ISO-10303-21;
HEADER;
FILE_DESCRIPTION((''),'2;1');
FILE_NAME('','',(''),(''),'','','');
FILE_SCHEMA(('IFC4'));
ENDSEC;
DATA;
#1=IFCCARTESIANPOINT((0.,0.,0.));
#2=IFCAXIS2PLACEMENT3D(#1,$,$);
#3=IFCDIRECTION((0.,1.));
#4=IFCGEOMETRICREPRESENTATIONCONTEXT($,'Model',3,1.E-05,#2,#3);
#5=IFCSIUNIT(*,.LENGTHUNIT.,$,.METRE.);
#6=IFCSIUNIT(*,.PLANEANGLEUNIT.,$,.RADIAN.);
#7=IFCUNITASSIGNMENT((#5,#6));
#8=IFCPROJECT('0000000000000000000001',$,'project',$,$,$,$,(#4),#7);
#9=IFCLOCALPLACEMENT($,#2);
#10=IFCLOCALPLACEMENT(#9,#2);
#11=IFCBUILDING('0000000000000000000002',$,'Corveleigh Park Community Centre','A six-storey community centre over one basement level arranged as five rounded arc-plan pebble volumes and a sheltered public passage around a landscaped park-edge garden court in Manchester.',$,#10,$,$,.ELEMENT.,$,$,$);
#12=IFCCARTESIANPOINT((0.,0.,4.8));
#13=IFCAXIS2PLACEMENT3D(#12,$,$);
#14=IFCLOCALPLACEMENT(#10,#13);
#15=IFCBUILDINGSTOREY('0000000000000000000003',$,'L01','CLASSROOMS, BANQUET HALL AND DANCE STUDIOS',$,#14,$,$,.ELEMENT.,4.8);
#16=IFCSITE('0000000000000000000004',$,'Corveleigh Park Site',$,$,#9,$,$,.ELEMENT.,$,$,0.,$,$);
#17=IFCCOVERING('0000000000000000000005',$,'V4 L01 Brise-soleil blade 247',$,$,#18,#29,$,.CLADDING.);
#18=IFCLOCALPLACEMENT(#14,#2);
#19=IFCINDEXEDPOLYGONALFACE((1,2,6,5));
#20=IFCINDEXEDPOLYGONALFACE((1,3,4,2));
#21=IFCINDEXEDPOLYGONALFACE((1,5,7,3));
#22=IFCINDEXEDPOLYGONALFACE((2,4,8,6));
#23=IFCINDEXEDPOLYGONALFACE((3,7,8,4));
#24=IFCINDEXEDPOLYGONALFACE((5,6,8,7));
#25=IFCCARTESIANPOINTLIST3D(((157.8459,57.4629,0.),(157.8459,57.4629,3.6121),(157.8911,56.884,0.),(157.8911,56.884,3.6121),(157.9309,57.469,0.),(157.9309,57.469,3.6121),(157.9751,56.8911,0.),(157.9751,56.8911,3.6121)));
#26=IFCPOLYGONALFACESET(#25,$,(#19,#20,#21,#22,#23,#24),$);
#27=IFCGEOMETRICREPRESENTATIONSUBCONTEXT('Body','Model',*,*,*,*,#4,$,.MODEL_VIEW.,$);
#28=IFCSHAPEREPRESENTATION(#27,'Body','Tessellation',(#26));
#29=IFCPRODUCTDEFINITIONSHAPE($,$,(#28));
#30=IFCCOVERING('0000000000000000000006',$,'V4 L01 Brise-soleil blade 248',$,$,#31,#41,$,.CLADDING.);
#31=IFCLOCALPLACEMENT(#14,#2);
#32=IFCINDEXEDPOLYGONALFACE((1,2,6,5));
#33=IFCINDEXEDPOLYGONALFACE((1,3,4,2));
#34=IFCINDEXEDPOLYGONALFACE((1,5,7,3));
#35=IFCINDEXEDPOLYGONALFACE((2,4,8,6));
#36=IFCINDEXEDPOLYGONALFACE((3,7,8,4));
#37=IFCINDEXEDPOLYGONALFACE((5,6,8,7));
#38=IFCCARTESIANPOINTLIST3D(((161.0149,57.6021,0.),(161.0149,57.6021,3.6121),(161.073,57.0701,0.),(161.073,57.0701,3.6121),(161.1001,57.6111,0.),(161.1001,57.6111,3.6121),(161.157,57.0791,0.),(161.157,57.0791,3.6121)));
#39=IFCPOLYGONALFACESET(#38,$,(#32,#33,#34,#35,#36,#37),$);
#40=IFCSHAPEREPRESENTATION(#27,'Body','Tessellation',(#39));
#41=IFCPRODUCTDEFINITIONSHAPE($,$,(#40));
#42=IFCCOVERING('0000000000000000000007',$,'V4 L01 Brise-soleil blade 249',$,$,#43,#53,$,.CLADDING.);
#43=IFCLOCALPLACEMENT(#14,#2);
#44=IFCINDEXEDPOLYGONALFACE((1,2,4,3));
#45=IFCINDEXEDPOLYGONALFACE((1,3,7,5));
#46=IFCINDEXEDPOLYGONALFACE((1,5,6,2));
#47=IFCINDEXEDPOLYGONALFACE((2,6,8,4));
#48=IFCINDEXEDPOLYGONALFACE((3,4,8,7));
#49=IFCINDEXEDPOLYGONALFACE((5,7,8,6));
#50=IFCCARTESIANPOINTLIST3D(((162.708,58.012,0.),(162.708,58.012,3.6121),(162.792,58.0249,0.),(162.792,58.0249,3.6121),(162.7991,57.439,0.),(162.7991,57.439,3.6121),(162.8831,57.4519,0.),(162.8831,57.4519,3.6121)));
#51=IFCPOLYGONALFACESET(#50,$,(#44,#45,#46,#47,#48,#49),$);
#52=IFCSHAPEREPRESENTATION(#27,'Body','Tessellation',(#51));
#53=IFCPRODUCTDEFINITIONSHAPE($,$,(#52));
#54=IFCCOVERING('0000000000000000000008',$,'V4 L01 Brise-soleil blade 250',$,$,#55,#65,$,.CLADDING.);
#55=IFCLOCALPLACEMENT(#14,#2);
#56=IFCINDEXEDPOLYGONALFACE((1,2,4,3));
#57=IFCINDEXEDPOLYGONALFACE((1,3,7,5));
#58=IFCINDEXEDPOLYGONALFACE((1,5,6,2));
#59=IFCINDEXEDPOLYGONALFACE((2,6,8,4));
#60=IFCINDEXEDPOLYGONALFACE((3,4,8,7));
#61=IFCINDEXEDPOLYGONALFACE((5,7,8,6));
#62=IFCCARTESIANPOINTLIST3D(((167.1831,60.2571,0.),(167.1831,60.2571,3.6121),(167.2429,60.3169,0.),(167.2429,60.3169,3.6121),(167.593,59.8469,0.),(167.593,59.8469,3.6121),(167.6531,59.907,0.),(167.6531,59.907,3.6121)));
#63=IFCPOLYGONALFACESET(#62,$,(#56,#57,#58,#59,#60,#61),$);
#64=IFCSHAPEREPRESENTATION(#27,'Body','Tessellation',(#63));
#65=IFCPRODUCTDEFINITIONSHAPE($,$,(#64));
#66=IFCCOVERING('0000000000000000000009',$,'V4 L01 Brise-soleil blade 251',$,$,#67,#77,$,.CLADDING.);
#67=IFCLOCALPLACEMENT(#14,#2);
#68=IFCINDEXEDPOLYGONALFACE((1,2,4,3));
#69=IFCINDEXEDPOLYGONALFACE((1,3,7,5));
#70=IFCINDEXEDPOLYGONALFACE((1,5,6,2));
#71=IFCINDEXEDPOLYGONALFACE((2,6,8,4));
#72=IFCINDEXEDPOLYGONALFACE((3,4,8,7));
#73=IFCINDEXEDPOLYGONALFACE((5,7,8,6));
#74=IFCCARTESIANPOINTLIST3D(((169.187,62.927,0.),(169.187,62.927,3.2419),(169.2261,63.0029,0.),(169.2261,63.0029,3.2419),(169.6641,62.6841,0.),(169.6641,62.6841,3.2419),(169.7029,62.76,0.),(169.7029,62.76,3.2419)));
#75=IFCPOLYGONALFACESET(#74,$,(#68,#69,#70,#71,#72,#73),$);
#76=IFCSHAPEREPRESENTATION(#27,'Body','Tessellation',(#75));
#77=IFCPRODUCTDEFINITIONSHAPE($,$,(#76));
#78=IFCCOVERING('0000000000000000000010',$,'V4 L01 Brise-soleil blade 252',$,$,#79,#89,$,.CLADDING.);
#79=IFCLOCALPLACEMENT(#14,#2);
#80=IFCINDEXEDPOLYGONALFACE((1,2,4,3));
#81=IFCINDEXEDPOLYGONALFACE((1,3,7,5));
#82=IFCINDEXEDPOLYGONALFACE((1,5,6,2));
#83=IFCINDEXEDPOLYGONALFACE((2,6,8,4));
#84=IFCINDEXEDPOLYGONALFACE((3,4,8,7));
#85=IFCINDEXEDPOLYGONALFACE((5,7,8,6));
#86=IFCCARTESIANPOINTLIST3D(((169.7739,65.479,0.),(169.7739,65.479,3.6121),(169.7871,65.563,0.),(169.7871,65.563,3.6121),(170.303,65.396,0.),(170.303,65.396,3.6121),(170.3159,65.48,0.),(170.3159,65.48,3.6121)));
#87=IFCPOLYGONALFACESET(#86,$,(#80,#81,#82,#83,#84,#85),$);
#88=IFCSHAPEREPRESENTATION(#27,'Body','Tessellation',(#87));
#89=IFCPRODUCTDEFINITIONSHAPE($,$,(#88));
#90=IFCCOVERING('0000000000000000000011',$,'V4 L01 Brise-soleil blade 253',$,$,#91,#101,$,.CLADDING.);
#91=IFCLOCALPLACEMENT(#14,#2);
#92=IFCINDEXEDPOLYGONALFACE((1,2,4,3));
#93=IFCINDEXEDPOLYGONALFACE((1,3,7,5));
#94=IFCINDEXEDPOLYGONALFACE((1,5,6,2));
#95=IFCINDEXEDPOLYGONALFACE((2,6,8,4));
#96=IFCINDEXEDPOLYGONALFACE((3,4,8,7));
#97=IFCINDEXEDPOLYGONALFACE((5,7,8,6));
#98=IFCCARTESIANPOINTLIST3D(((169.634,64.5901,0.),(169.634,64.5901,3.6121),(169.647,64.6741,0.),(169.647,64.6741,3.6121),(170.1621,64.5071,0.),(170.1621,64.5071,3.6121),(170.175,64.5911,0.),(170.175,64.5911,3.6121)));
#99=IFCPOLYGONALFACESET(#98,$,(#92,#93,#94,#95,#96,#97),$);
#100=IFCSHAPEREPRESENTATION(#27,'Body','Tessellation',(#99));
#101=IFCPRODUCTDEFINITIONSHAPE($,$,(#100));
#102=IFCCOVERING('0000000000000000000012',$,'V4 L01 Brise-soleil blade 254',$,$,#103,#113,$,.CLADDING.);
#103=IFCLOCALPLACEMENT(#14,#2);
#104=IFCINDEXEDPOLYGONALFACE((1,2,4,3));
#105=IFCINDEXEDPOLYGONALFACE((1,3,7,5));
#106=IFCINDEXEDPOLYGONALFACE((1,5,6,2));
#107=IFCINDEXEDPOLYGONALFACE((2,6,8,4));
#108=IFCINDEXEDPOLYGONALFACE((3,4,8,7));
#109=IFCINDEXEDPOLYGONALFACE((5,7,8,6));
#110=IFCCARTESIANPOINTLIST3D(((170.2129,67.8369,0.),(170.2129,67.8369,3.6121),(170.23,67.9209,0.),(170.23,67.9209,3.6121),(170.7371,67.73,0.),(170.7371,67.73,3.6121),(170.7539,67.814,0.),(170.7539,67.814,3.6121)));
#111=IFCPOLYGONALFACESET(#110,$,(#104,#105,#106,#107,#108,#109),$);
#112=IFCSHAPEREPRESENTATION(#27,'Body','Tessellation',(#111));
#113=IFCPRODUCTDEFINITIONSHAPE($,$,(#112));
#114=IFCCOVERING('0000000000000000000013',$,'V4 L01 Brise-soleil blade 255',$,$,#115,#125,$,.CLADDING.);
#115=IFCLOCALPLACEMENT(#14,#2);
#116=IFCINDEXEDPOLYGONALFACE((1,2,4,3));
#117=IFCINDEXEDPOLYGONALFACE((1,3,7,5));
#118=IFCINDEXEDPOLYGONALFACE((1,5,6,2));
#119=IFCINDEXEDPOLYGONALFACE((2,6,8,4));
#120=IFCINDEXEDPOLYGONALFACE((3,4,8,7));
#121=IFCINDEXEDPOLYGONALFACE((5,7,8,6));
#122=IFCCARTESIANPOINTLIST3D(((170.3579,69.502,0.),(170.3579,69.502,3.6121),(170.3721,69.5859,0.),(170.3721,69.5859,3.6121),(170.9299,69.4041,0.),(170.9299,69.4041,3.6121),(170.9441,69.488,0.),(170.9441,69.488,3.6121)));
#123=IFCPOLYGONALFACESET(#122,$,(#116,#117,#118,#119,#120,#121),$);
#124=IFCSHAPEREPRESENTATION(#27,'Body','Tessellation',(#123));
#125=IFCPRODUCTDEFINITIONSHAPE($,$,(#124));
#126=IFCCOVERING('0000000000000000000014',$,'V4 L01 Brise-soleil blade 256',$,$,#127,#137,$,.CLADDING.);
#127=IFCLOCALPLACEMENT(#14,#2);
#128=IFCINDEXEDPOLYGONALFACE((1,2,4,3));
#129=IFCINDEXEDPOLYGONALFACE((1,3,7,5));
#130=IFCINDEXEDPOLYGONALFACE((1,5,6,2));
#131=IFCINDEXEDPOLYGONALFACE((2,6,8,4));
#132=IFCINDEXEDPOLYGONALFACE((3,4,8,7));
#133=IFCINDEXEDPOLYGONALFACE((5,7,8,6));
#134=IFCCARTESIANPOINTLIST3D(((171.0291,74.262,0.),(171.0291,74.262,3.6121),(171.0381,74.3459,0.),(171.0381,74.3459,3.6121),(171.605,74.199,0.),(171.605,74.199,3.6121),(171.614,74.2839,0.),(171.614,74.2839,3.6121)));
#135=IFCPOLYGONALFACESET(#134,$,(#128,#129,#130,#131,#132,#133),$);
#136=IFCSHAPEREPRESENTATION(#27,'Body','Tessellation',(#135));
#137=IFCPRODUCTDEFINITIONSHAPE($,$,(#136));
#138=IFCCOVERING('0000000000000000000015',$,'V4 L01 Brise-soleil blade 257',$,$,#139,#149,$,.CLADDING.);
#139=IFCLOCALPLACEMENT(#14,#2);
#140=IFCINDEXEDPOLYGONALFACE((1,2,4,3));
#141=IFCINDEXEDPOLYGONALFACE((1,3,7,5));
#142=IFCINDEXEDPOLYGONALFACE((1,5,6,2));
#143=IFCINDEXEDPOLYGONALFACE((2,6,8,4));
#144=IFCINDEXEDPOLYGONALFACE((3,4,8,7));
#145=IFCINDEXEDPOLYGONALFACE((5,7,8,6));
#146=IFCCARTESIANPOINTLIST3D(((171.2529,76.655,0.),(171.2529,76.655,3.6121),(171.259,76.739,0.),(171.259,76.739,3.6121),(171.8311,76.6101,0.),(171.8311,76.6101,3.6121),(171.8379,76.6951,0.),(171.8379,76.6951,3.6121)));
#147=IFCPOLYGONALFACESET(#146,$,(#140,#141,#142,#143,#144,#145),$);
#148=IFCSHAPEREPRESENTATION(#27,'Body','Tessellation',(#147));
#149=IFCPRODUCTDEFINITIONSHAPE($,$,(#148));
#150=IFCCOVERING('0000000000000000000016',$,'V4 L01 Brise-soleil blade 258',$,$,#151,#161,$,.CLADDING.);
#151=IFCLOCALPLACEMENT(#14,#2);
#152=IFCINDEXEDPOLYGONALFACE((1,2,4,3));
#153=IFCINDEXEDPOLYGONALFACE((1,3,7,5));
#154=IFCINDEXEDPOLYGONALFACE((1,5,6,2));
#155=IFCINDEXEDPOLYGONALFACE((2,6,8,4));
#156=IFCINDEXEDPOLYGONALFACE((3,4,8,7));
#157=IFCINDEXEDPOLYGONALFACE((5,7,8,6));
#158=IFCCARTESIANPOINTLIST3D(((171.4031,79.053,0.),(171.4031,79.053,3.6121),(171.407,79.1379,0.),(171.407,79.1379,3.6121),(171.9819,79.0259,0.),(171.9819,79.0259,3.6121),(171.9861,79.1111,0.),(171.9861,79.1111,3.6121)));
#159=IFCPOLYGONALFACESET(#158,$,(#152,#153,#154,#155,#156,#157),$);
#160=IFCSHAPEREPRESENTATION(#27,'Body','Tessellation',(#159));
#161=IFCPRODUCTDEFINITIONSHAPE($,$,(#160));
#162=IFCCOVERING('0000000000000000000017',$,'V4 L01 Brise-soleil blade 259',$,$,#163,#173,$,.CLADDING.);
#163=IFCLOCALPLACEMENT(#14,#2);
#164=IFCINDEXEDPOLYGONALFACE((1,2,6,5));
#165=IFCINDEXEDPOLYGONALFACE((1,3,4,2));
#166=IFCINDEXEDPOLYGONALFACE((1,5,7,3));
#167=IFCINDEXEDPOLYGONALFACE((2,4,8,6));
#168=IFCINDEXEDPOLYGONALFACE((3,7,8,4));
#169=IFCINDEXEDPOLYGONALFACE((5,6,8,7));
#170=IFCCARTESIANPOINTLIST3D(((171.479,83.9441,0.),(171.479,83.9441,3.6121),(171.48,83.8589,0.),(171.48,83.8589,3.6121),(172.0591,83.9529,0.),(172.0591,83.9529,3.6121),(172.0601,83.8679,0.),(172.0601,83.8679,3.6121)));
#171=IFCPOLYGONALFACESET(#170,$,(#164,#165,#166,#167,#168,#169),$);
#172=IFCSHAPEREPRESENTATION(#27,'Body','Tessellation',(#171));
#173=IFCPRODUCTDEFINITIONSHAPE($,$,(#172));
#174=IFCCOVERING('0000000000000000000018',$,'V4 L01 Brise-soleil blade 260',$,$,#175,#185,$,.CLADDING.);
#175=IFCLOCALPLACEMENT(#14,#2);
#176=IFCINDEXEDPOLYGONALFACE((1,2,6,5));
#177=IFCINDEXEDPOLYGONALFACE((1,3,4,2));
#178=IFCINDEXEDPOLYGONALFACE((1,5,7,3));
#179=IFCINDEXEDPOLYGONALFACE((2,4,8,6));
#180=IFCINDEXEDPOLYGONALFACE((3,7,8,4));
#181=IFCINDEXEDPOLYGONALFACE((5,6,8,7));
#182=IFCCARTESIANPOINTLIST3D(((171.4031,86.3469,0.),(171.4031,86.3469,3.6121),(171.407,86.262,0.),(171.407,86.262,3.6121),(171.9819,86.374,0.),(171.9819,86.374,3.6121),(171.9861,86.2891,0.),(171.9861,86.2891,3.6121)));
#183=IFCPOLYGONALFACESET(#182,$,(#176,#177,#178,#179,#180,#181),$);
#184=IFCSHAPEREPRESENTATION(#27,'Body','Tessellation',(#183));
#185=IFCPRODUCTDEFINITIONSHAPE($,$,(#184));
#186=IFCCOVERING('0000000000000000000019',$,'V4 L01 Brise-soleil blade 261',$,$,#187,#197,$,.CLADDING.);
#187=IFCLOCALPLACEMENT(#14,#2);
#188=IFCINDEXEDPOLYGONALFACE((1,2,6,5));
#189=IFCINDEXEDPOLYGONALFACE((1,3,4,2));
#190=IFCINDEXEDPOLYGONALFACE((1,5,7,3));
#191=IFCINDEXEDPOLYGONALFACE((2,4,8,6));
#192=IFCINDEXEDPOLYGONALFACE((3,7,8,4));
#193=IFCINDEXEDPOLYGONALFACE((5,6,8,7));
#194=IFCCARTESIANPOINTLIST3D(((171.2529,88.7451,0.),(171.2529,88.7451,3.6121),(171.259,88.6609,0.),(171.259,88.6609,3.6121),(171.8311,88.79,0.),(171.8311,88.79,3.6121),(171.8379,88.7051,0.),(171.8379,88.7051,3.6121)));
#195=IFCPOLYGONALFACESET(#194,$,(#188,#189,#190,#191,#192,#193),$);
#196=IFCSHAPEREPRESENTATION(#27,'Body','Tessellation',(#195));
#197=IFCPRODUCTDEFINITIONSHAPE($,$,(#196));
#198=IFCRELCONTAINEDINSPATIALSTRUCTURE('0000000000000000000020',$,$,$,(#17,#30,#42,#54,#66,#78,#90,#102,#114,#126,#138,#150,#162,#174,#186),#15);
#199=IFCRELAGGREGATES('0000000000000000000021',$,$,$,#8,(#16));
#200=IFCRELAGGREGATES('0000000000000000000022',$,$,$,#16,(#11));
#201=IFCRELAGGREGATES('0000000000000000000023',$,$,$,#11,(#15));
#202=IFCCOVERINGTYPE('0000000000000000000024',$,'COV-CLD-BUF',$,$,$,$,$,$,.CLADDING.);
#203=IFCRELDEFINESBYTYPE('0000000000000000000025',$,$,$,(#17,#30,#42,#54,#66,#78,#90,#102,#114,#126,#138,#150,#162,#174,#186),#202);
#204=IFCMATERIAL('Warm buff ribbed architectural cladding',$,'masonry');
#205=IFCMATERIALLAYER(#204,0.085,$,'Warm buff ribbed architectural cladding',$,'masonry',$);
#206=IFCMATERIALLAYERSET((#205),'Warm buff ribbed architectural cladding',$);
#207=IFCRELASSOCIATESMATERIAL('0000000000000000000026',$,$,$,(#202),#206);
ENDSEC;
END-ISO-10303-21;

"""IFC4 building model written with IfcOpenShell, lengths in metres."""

from ifc_helpers import new_model, si_unit, direction, frame, origin, place, context, subcontext, project, spatial, polyline, outline, extrude, material, layer, layer_set, type_object, element, save


model = new_model("IFC4")

# Units and contexts
model_context = context("Model", 3, precision=1e-05, world=origin(), true_north=direction((0.0, 1.0)))
body_context = subcontext(model_context, "Body", "Model", "MODEL_VIEW")
ifc_project = project(units=[si_unit("LENGTHUNIT", "METRE"), si_unit("PLANEANGLEUNIT", "RADIAN")], contexts=[model_context])

# Site, building, storey
site_placement = place(None, origin())
site = spatial("IfcSite", under=ifc_project, at=site_placement, Name="Corveleigh Park Site", CompositionType="ELEMENT", RefElevation=0.0)
building_placement = place(site_placement, origin())
building = spatial("IfcBuilding", under=site, at=building_placement, Name="Corveleigh Park Community Centre", Description="A six-storey community centre over one basement level arranged as five rounded arc-plan pebble volumes and a sheltered public passage around a landscaped park-edge garden court in Manchester.", CompositionType="ELEMENT")
storey_placement = place(building_placement, frame((0.0, 0.0, 4.8)))
storey = spatial("IfcBuildingStorey", under=building, at=storey_placement, Name="L01", Description="CLASSROOMS, BANQUET HALL AND DANCE STUDIOS", CompositionType="ELEMENT", Elevation=4.8)

# Coverings
ifc_material = material(Name="Warm buff ribbed architectural cladding", Category="masonry")
ifc_layer = layer(ifc_material, 0.085, Name="Warm buff ribbed architectural cladding", Category="masonry")
ifc_layer_set = layer_set([ifc_layer], Name="Warm buff ribbed architectural cladding")
covering_type = type_object("IfcCoveringType", Name="COV-CLD-BUF", PredefinedType="CLADDING", material=ifc_layer_set)
covering_1_placement = place(storey_placement, origin())
element("IfcCovering", 1, at=covering_1_placement, inside=storey, type_object=covering_type, Name="V4 L01 Brise-soleil blade 247", PredefinedType="CLADDING", context=body_context, shape_type="SweptSolid", body=[
    extrude(outline(polyline([(157.9309, 57.469), (157.8459, 57.4629), (157.8911, 56.884), (157.9751, 56.8911), (157.9309, 57.469)])), origin(), (0.0, 0.0, 1.0), 3.6121),
])
covering_2_placement = place(storey_placement, origin())
element("IfcCovering", 2, at=covering_2_placement, inside=storey, type_object=covering_type, Name="V4 L01 Brise-soleil blade 248", PredefinedType="CLADDING", context=body_context, shape_type="SweptSolid", body=[
    extrude(outline(polyline([(161.1001, 57.6111), (161.0149, 57.6021), (161.073, 57.0701), (161.157, 57.0791), (161.1001, 57.6111)])), origin(), (0.0, 0.0, 1.0), 3.6121),
])
covering_3_placement = place(storey_placement, origin())
element("IfcCovering", 3, at=covering_3_placement, inside=storey, type_object=covering_type, Name="V4 L01 Brise-soleil blade 249", PredefinedType="CLADDING", context=body_context, shape_type="SweptSolid", body=[
    extrude(outline(polyline([(162.792, 58.0249), (162.708, 58.012), (162.7991, 57.439), (162.8831, 57.4519), (162.792, 58.0249)])), origin(), (0.0, 0.0, 1.0), 3.6121),
])
covering_4_placement = place(storey_placement, origin())
element("IfcCovering", 4, at=covering_4_placement, inside=storey, type_object=covering_type, Name="V4 L01 Brise-soleil blade 250", PredefinedType="CLADDING", context=body_context, shape_type="SweptSolid", body=[
    extrude(outline(polyline([(167.2429, 60.3169), (167.1831, 60.2571), (167.593, 59.8469), (167.6531, 59.907), (167.2429, 60.3169)])), origin(), (0.0, 0.0, 1.0), 3.6121),
])
covering_5_placement = place(storey_placement, origin())
element("IfcCovering", 5, at=covering_5_placement, inside=storey, type_object=covering_type, Name="V4 L01 Brise-soleil blade 251", PredefinedType="CLADDING", context=body_context, shape_type="SweptSolid", body=[
    extrude(outline(polyline([(169.2261, 63.0029), (169.187, 62.927), (169.6641, 62.6841), (169.7029, 62.76), (169.2261, 63.0029)])), origin(), (0.0, 0.0, 1.0), 3.2419),
])
covering_6_placement = place(storey_placement, origin())
element("IfcCovering", 6, at=covering_6_placement, inside=storey, type_object=covering_type, Name="V4 L01 Brise-soleil blade 252", PredefinedType="CLADDING", context=body_context, shape_type="SweptSolid", body=[
    extrude(outline(polyline([(169.7871, 65.563), (169.7739, 65.479), (170.303, 65.396), (170.3159, 65.48), (169.7871, 65.563)])), origin(), (0.0, 0.0, 1.0), 3.6121),
])
covering_7_placement = place(storey_placement, origin())
element("IfcCovering", 7, at=covering_7_placement, inside=storey, type_object=covering_type, Name="V4 L01 Brise-soleil blade 253", PredefinedType="CLADDING", context=body_context, shape_type="SweptSolid", body=[
    extrude(outline(polyline([(169.647, 64.6741), (169.634, 64.5901), (170.1621, 64.5071), (170.175, 64.5911), (169.647, 64.6741)])), origin(), (0.0, 0.0, 1.0), 3.6121),
])
covering_8_placement = place(storey_placement, origin())
element("IfcCovering", 8, at=covering_8_placement, inside=storey, type_object=covering_type, Name="V4 L01 Brise-soleil blade 254", PredefinedType="CLADDING", context=body_context, shape_type="SweptSolid", body=[
    extrude(outline(polyline([(170.23, 67.9209), (170.2129, 67.8369), (170.7371, 67.73), (170.7539, 67.814), (170.23, 67.9209)])), origin(), (0.0, 0.0, 1.0), 3.6121),
])
covering_9_placement = place(storey_placement, origin())
element("IfcCovering", 9, at=covering_9_placement, inside=storey, type_object=covering_type, Name="V4 L01 Brise-soleil blade 255", PredefinedType="CLADDING", context=body_context, shape_type="SweptSolid", body=[
    extrude(outline(polyline([(170.3721, 69.5859), (170.3579, 69.502), (170.9299, 69.4041), (170.9441, 69.488), (170.3721, 69.5859)])), origin(), (0.0, 0.0, 1.0), 3.6121),
])
covering_10_placement = place(storey_placement, origin())
element("IfcCovering", 10, at=covering_10_placement, inside=storey, type_object=covering_type, Name="V4 L01 Brise-soleil blade 256", PredefinedType="CLADDING", context=body_context, shape_type="SweptSolid", body=[
    extrude(outline(polyline([(171.0381, 74.3459), (171.0291, 74.262), (171.605, 74.199), (171.614, 74.2839), (171.0381, 74.3459)])), origin(), (0.0, 0.0, 1.0), 3.6121),
])
covering_11_placement = place(storey_placement, origin())
element("IfcCovering", 11, at=covering_11_placement, inside=storey, type_object=covering_type, Name="V4 L01 Brise-soleil blade 257", PredefinedType="CLADDING", context=body_context, shape_type="SweptSolid", body=[
    extrude(outline(polyline([(171.259, 76.739), (171.2529, 76.655), (171.8311, 76.6101), (171.8379, 76.6951), (171.259, 76.739)])), origin(), (0.0, 0.0, 1.0), 3.6121),
])
covering_12_placement = place(storey_placement, origin())
element("IfcCovering", 12, at=covering_12_placement, inside=storey, type_object=covering_type, Name="V4 L01 Brise-soleil blade 258", PredefinedType="CLADDING", context=body_context, shape_type="SweptSolid", body=[
    extrude(outline(polyline([(171.407, 79.1379), (171.4031, 79.053), (171.9819, 79.0259), (171.9861, 79.1111), (171.407, 79.1379)])), origin(), (0.0, 0.0, 1.0), 3.6121),
])
covering_13_placement = place(storey_placement, origin())
element("IfcCovering", 13, at=covering_13_placement, inside=storey, type_object=covering_type, Name="V4 L01 Brise-soleil blade 259", PredefinedType="CLADDING", context=body_context, shape_type="SweptSolid", body=[
    extrude(outline(polyline([(171.479, 83.9441), (171.48, 83.8589), (172.0601, 83.8679), (172.0591, 83.9529), (171.479, 83.9441)])), origin(), (0.0, 0.0, 1.0), 3.6121),
])
covering_14_placement = place(storey_placement, origin())
element("IfcCovering", 14, at=covering_14_placement, inside=storey, type_object=covering_type, Name="V4 L01 Brise-soleil blade 260", PredefinedType="CLADDING", context=body_context, shape_type="SweptSolid", body=[
    extrude(outline(polyline([(171.4031, 86.3469), (171.407, 86.262), (171.9861, 86.2891), (171.9819, 86.374), (171.4031, 86.3469)])), origin(), (0.0, 0.0, 1.0), 3.6121),
])
covering_15_placement = place(storey_placement, origin())
element("IfcCovering", 15, at=covering_15_placement, inside=storey, type_object=covering_type, Name="V4 L01 Brise-soleil blade 261", PredefinedType="CLADDING", context=body_context, shape_type="SweptSolid", body=[
    extrude(outline(polyline([(171.2529, 88.7451), (171.259, 88.6609), (171.8379, 88.7051), (171.8311, 88.79), (171.2529, 88.7451)])), origin(), (0.0, 0.0, 1.0), 3.6121),
])

save(model, "model.ifc")
